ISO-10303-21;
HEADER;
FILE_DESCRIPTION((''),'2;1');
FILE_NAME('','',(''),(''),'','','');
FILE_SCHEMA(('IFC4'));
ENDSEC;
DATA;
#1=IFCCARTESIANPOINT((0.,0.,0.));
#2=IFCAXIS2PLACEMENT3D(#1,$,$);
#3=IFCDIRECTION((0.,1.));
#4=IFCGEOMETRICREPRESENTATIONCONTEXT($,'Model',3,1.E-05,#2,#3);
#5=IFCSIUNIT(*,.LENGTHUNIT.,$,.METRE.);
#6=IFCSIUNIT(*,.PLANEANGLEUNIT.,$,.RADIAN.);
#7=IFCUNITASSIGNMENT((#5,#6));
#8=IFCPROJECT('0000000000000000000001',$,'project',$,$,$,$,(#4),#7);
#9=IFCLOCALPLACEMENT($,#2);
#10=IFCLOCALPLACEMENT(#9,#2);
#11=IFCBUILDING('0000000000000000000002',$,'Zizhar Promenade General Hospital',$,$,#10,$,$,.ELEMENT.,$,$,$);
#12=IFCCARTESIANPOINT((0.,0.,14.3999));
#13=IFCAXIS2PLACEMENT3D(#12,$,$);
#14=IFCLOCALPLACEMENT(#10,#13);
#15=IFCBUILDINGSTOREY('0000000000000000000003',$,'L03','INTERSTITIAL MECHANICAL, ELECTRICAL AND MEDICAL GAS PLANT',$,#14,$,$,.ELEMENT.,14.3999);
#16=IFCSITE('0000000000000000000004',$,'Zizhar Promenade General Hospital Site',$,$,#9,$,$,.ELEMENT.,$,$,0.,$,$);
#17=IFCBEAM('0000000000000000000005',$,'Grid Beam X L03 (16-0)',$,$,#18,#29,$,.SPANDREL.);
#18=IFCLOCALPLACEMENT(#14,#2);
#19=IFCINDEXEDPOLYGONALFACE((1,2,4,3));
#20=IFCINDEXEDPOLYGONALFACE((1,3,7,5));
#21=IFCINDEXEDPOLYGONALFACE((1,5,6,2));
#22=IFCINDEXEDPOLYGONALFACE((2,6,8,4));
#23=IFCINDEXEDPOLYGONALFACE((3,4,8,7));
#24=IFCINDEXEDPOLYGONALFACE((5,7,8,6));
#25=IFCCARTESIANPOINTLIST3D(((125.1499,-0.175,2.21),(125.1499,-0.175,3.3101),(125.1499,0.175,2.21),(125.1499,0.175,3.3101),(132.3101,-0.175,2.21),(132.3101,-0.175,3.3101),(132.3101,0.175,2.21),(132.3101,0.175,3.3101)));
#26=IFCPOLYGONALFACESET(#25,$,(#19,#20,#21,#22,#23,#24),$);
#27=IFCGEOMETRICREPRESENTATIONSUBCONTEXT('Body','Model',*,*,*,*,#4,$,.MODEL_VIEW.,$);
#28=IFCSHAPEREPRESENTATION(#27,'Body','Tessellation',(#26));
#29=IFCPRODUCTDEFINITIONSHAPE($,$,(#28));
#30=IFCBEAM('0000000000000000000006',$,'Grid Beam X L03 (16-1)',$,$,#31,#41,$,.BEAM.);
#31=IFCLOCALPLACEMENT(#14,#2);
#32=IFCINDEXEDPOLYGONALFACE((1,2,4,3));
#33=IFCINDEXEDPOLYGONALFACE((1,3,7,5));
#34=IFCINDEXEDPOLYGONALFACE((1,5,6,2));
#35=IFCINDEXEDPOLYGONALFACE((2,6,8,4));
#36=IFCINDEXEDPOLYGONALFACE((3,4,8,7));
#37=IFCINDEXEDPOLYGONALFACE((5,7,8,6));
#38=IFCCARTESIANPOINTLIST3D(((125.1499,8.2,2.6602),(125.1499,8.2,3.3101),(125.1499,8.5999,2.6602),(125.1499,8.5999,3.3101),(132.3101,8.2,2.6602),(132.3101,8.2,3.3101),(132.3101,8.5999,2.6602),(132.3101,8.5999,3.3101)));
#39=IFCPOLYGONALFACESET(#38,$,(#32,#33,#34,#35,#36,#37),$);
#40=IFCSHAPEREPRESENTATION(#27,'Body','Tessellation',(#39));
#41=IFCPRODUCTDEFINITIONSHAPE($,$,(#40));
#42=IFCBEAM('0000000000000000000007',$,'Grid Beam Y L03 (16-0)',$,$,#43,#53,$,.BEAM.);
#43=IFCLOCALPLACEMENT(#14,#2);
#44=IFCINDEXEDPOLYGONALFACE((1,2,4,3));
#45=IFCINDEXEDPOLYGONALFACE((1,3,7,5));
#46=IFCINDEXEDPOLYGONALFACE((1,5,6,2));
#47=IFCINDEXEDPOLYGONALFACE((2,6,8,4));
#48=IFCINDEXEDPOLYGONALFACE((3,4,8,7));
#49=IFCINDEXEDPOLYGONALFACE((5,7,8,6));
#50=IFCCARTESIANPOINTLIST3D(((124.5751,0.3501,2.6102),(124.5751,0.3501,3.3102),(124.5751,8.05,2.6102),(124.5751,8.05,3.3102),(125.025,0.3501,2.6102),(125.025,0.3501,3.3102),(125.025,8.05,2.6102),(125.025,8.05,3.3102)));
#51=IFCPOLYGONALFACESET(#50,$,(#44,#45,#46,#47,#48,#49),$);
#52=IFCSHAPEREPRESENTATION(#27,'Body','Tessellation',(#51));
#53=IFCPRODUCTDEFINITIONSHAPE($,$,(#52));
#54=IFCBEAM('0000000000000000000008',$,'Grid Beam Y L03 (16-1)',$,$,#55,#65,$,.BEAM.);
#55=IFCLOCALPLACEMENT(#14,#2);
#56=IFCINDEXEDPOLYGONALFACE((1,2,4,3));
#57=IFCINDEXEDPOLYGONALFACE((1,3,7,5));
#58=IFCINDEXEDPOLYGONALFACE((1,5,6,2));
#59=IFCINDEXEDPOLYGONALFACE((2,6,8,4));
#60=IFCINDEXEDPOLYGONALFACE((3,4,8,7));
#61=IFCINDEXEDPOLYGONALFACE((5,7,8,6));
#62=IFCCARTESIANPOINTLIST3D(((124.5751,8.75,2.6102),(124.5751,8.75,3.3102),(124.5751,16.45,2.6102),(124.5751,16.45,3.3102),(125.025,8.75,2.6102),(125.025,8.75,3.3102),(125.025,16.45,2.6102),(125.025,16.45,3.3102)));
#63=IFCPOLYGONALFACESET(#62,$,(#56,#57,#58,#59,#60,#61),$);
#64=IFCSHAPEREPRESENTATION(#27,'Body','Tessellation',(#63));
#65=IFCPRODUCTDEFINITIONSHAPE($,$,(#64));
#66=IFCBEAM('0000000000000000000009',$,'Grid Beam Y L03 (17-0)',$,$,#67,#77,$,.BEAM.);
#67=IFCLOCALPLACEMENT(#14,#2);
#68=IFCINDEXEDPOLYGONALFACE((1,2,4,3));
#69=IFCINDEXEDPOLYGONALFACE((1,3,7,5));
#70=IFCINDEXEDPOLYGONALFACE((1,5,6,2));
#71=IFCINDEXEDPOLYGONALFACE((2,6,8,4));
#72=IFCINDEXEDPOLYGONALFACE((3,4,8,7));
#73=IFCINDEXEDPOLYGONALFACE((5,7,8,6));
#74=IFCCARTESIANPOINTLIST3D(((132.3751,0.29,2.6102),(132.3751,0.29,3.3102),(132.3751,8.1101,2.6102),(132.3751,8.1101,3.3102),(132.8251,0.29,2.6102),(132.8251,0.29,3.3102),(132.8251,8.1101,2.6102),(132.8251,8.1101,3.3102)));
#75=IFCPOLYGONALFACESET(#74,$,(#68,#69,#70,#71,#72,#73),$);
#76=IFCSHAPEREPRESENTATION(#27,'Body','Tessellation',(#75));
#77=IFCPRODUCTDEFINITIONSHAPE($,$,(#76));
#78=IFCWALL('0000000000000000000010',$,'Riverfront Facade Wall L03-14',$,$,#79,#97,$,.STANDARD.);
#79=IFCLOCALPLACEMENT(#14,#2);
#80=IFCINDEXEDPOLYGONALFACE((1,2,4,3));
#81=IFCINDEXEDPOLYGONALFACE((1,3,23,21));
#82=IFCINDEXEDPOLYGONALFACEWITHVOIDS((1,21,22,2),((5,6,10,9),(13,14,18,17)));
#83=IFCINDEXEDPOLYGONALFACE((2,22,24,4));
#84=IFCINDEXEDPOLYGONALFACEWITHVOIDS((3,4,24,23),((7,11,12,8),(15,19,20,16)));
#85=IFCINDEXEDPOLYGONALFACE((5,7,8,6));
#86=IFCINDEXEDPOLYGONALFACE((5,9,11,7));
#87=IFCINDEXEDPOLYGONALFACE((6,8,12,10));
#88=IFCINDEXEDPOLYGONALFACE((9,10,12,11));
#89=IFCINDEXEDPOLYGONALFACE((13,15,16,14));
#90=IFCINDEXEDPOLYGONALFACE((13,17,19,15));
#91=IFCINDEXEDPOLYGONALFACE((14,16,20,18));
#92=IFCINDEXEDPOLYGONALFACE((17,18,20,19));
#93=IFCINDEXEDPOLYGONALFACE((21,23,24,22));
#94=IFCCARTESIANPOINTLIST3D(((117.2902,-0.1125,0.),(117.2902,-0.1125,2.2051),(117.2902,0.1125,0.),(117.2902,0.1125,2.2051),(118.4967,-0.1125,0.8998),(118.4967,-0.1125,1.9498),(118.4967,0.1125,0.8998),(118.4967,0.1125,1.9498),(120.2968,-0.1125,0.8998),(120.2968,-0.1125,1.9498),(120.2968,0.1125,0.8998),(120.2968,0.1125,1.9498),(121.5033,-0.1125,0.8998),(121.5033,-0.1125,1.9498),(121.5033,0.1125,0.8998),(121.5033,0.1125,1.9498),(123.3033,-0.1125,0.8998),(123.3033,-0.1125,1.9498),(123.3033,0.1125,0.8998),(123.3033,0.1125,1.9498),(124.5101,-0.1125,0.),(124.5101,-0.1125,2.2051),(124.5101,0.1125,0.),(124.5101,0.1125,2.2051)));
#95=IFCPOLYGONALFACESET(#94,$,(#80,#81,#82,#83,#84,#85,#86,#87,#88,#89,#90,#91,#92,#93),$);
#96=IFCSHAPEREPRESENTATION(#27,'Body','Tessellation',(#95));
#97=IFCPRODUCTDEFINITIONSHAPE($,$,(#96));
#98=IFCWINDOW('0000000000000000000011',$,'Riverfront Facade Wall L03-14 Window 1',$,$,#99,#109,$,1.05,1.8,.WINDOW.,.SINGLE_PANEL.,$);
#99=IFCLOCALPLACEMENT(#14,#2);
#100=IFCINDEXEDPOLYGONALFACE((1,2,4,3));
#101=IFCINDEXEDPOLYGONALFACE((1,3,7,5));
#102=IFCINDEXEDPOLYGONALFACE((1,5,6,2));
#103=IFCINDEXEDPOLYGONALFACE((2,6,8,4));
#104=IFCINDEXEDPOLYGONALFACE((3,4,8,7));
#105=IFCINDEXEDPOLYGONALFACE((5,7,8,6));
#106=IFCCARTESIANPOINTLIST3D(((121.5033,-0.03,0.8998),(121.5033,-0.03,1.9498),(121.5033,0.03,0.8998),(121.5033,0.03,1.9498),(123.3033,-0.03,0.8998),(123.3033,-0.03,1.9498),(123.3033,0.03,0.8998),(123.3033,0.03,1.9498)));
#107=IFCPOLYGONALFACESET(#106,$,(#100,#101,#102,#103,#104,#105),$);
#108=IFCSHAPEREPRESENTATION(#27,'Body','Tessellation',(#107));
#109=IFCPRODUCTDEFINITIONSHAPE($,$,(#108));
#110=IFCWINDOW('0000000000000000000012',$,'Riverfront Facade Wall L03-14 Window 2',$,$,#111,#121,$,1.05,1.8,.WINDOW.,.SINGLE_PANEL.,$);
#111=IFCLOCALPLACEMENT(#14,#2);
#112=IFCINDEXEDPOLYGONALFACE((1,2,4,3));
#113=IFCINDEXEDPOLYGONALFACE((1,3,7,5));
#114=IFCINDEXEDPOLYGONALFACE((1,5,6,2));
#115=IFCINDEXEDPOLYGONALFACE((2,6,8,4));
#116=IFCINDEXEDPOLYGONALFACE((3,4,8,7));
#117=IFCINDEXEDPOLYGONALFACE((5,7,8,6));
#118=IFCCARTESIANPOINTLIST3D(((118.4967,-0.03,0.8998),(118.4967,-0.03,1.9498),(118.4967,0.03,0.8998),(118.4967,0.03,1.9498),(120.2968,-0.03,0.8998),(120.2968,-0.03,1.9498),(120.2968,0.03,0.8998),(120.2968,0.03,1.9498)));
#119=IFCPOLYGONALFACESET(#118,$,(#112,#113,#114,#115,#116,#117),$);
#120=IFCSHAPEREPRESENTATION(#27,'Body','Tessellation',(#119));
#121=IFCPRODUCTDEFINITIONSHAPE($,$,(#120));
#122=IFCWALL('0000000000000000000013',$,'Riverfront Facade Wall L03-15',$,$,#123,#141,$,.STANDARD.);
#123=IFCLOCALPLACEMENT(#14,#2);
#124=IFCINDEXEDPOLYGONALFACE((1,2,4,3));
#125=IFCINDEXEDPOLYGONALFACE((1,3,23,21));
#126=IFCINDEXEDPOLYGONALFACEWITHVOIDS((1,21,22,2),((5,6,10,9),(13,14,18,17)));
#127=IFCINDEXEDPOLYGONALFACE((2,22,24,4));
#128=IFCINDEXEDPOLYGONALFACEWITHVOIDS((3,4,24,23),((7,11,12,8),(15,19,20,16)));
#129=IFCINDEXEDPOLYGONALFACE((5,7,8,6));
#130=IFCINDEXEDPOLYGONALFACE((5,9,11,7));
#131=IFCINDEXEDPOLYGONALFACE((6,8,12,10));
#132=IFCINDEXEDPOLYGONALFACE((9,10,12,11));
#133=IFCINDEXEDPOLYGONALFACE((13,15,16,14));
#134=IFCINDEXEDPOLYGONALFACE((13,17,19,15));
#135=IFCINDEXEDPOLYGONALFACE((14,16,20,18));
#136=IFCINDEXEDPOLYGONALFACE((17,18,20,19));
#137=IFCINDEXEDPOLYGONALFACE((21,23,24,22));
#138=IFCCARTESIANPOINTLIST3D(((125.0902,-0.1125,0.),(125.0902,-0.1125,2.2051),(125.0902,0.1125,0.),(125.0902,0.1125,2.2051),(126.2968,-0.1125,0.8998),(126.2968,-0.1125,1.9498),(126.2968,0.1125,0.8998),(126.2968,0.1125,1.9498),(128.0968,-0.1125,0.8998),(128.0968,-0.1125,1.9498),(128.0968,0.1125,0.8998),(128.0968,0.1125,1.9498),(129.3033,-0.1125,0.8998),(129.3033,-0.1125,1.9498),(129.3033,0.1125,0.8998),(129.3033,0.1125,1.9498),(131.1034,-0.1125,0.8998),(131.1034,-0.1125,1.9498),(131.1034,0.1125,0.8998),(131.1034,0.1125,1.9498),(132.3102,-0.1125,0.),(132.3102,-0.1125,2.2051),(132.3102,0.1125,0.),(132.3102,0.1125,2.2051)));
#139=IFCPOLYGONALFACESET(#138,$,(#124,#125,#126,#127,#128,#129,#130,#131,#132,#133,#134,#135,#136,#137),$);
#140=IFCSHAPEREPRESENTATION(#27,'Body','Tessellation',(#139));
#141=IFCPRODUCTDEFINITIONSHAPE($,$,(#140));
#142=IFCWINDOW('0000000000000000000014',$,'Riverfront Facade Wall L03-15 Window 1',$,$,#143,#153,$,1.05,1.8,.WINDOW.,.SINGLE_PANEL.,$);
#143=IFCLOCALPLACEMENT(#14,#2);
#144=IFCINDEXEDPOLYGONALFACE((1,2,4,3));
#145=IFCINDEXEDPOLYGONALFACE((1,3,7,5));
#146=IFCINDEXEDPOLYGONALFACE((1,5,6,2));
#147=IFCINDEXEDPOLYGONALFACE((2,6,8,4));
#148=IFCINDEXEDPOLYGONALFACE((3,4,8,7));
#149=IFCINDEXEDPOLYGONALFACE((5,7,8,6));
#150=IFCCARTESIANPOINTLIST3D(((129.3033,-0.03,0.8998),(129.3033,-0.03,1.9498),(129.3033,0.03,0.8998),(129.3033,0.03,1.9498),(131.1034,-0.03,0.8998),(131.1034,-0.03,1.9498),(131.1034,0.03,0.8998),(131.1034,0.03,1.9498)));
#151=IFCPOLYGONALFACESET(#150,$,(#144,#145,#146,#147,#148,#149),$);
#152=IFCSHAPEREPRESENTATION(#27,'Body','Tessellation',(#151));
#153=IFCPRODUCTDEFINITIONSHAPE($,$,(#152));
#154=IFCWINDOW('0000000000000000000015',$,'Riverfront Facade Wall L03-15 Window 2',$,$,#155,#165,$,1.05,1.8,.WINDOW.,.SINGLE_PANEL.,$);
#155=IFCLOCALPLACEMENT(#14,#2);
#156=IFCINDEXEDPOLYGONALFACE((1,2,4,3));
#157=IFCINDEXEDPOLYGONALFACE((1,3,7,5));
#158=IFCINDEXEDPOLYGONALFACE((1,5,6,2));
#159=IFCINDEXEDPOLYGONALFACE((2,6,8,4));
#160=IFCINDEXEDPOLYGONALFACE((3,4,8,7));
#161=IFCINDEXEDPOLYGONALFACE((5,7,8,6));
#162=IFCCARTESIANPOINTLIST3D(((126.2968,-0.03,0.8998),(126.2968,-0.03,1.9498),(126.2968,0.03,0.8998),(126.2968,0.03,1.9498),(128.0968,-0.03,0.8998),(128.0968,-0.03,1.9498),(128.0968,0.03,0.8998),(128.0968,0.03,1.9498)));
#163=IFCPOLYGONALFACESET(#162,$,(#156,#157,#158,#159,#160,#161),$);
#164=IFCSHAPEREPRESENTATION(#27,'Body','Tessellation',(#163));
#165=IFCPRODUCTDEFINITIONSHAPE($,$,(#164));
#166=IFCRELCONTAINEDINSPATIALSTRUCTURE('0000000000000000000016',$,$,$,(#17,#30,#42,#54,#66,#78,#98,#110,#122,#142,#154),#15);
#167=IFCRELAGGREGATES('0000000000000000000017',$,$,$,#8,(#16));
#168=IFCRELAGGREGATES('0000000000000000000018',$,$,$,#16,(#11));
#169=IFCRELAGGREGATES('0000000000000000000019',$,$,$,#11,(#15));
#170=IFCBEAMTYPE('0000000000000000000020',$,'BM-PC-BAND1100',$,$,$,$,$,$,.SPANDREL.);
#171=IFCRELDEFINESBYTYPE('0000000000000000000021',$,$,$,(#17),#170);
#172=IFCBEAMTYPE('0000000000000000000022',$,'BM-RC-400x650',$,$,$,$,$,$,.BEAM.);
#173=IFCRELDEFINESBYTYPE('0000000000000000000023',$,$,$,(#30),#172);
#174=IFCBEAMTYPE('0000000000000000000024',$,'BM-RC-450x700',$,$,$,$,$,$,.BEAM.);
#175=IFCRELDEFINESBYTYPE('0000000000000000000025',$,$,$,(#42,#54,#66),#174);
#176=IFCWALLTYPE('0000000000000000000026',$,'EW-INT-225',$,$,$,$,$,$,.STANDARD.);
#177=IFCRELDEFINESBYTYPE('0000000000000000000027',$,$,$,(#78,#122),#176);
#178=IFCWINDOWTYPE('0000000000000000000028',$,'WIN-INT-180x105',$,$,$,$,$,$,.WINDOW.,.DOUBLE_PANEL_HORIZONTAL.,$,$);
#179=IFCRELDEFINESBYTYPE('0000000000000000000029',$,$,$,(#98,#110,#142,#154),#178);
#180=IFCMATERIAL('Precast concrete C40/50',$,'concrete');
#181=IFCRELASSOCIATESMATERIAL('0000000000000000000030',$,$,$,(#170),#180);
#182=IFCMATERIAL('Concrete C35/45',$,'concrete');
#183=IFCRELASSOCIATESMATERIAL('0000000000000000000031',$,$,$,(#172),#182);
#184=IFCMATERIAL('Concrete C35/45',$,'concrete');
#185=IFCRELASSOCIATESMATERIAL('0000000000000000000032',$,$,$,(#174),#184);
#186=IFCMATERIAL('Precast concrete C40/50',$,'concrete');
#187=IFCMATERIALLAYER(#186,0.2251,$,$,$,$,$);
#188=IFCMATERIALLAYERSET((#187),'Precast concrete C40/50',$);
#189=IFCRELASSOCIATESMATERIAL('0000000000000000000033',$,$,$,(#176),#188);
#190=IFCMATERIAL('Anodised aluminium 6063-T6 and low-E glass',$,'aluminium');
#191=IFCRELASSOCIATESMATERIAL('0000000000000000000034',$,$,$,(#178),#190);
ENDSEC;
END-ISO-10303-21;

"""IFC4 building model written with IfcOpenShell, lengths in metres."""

from ifc_helpers import new_model, si_unit, direction, frame, frame_2d, origin, origin_2d, place, context, subcontext, project, spatial, rectangle, extrude, material, layer, layer_set, material_profile, profile_set, type_object, element, fill, save


model = new_model("IFC4")

# Units and contexts
model_context = context("Model", 3, precision=1e-05, world=origin(), true_north=direction((0.0, 1.0)))
body_context = subcontext(model_context, "Body", "Model", "MODEL_VIEW")
ifc_project = project(units=[si_unit("LENGTHUNIT", "METRE"), si_unit("PLANEANGLEUNIT", "RADIAN")], contexts=[model_context])

# Site, building, storey
site_placement = place(None, origin())
site = spatial("IfcSite", under=ifc_project, at=site_placement, Name="Zizhar Promenade General Hospital Site", CompositionType="ELEMENT", RefElevation=0.0)
building_placement = place(site_placement, origin())
building = spatial("IfcBuilding", under=site, at=building_placement, Name="Zizhar Promenade General Hospital", CompositionType="ELEMENT")
storey_placement = place(building_placement, frame((0.0, 0.0, 14.3999)))
storey = spatial("IfcBuildingStorey", under=building, at=storey_placement, Name="L03", Description="INTERSTITIAL MECHANICAL, ELECTRICAL AND MEDICAL GAS PLANT", CompositionType="ELEMENT", Elevation=14.3999)

# Beams
ifc_material_1 = material(Name="Precast concrete C40/50", Category="concrete")
ifc_material_profile_1 = material_profile(ifc_material_1, rectangle(XDim=0.3501, YDim=1.1001, at=origin_2d()))
ifc_profile_set_1 = profile_set([ifc_material_profile_1], Name="Precast concrete C40/50")
beam_type_1 = type_object("IfcBeamType", Name="BM-PC-BAND1100", PredefinedType="SPANDREL", material=ifc_profile_set_1)
beam_1_placement = place(storey_placement, frame((125.1499, 0.0, 2.76), z_axis=(1.0, 0.0, 0.0), x_axis=(0.0, 1.0, 0.0)))
element("IfcBeam", 1, at=beam_1_placement, inside=storey, type_object=beam_type_1, Name="Grid Beam X L03 (16-0)", PredefinedType="SPANDREL", context=body_context, shape_type="SweptSolid", body=[
    extrude(rectangle(XDim=0.3501, YDim=1.1001, at=origin_2d()), origin(), (0.0, 0.0, 1.0), 7.1602),
])
ifc_material_2 = material(Name="Concrete C35/45", Category="concrete")
ifc_material_profile_2 = material_profile(ifc_material_2, rectangle(XDim=0.3999, YDim=0.6499, at=origin_2d()))
ifc_profile_set_2 = profile_set([ifc_material_profile_2], Name="Concrete C35/45")
beam_type_2 = type_object("IfcBeamType", Name="BM-RC-400x650", PredefinedType="BEAM", material=ifc_profile_set_2)
beam_2_placement = place(storey_placement, frame((125.1499, 8.3999, 2.9851), z_axis=(1.0, 0.0, 0.0), x_axis=(0.0, 1.0, 0.0)))
element("IfcBeam", 2, at=beam_2_placement, inside=storey, type_object=beam_type_2, Name="Grid Beam X L03 (16-1)", PredefinedType="BEAM", context=body_context, shape_type="SweptSolid", body=[
    extrude(rectangle(XDim=0.3999, YDim=0.6499, at=origin_2d()), origin(), (0.0, 0.0, 1.0), 7.1602),
])
ifc_material_3 = material(Name="Concrete C35/45", Category="concrete")
ifc_material_profile_3 = material_profile(ifc_material_3, rectangle(XDim=0.45, YDim=0.7, at=origin_2d()))
ifc_profile_set_3 = profile_set([ifc_material_profile_3], Name="Concrete C35/45")
beam_type_3 = type_object("IfcBeamType", Name="BM-RC-450x700", PredefinedType="BEAM", material=ifc_profile_set_3)
for number, where, z_axis, x_axis, name in (
    (3, (124.8, 0.3501, 2.9602), (0.0, 1.0, 0.0), (-1.0, 0.0, 0.0), "Grid Beam Y L03 (16-0)"),
    (4, (124.8, 8.75, 2.9602), (0.0, 1.0, 0.0), (-1.0, 0.0, 0.0), "Grid Beam Y L03 (16-1)"),
):
    element("IfcBeam", number, at=place(storey_placement, frame(where, z_axis=z_axis, x_axis=x_axis)), inside=storey, type_object=beam_type_3, Name=name, PredefinedType="BEAM", context=body_context, shape_type="SweptSolid", body=[
        extrude(rectangle(XDim=0.45, YDim=0.7, at=origin_2d()), origin(), (0.0, 0.0, 1.0), 7.7),
    ])
beam_3_placement = place(storey_placement, frame((132.6001, 0.29, 2.9602), z_axis=(0.0, 1.0, 0.0), x_axis=(-1.0, 0.0, 0.0)))
element("IfcBeam", 5, at=beam_3_placement, inside=storey, type_object=beam_type_3, Name="Grid Beam Y L03 (17-0)", PredefinedType="BEAM", context=body_context, shape_type="SweptSolid", body=[
    extrude(rectangle(XDim=0.45, YDim=0.7, at=origin_2d()), origin(), (0.0, 0.0, 1.0), 7.8201),
])

# Walls, openings, windows
ifc_material_4 = material(Name="Precast concrete C40/50", Category="concrete")
ifc_layer_1 = layer(ifc_material_4, 0.2251)
ifc_layer_set_1 = layer_set([ifc_layer_1], Name="Precast concrete C40/50")
wall_type_1 = type_object("IfcWallType", Name="EW-INT-225", PredefinedType="STANDARD", material=ifc_layer_set_1)
wall_1_placement = place(storey_placement, frame((124.51, 0.0, 0.0), z_axis=(0.0, 0.0, 1.0), x_axis=(-1.0, 0.0, 0.0)))
wall_1 = element("IfcWall", 6, at=wall_1_placement, inside=storey, type_object=wall_type_1, Name="Riverfront Facade Wall L03-14", PredefinedType="STANDARD", context=body_context, shape_type="SweptSolid", body=[
    extrude(rectangle(XDim=7.22, YDim=0.2251, at=frame_2d((3.6099, 0.0))), origin(), (0.0, 0.0, 1.0), 2.2051),
])
opening_1_placement = place(wall_1_placement, frame((1.2068, 0.0, 0.8999)))
opening_1 = element("IfcOpeningElement", 7, at=opening_1_placement, cuts=wall_1, PredefinedType="OPENING", context=body_context, shape_type="SweptSolid", body=[
    extrude(rectangle(XDim=1.8, YDim=1.05, at=frame_2d((0.8999, 0.5249))), frame((0.0, 0.1226, 0.0), z_axis=(0.0, -1.0, 0.0), x_axis=(1.0, 0.0, 0.0)), (0.0, 0.0, 1.0), 0.2451),
])
opening_2_placement = place(wall_1_placement, frame((4.2134, 0.0, 0.8999)))
opening_2 = element("IfcOpeningElement", 8, at=opening_2_placement, cuts=wall_1, PredefinedType="OPENING", context=body_context, shape_type="SweptSolid", body=[
    extrude(rectangle(XDim=1.8, YDim=1.05, at=frame_2d((0.8999, 0.5249))), frame((0.0, 0.1226, 0.0), z_axis=(0.0, -1.0, 0.0), x_axis=(1.0, 0.0, 0.0)), (0.0, 0.0, 1.0), 0.2451),
])
ifc_material_5 = material(Name="Anodised aluminium 6063-T6 and low-E glass", Category="aluminium")
window_type = type_object("IfcWindowType", Name="WIN-INT-180x105", PartitioningType="DOUBLE_PANEL_HORIZONTAL", PredefinedType="WINDOW", material=ifc_material_5)
window_1_placement = place(opening_1_placement, origin())
window_1 = element("IfcWindow", 9, at=window_1_placement, inside=storey, type_object=window_type, Name="Riverfront Facade Wall L03-14 Window 1", OverallHeight=1.05, OverallWidth=1.8, PartitioningType="SINGLE_PANEL", PredefinedType="WINDOW", context=body_context, shape_type="SweptSolid", body=[
    extrude(rectangle(XDim=1.8, YDim=1.05, at=frame_2d((0.8999, 0.5249))), frame((0.0, 0.03, 0.0), z_axis=(0.0, -1.0, 0.0), x_axis=(1.0, 0.0, 0.0)), (0.0, 0.0, 1.0), 0.0601),
])
fill(opening_1, window_1)
window_2_placement = place(opening_2_placement, origin())
window_2 = element("IfcWindow", 10, at=window_2_placement, inside=storey, type_object=window_type, Name="Riverfront Facade Wall L03-14 Window 2", OverallHeight=1.05, OverallWidth=1.8, PartitioningType="SINGLE_PANEL", PredefinedType="WINDOW", context=body_context, shape_type="SweptSolid", body=[
    extrude(rectangle(XDim=1.8, YDim=1.05, at=frame_2d((0.8999, 0.5249))), frame((0.0, 0.03, 0.0), z_axis=(0.0, -1.0, 0.0), x_axis=(1.0, 0.0, 0.0)), (0.0, 0.0, 1.0), 0.0601),
])
fill(opening_2, window_2)
wall_2_placement = place(storey_placement, frame((132.3101, 0.0, 0.0), z_axis=(0.0, 0.0, 1.0), x_axis=(-1.0, 0.0, 0.0)))
wall_2 = element("IfcWall", 11, at=wall_2_placement, inside=storey, type_object=wall_type_1, Name="Riverfront Facade Wall L03-15", PredefinedType="STANDARD", context=body_context, shape_type="SweptSolid", body=[
    extrude(rectangle(XDim=7.22, YDim=0.2251, at=frame_2d((3.6099, 0.0))), origin(), (0.0, 0.0, 1.0), 2.2051),
])
opening_3_placement = place(wall_2_placement, frame((1.2068, 0.0, 0.8999)))
opening_3 = element("IfcOpeningElement", 12, at=opening_3_placement, cuts=wall_2, PredefinedType="OPENING", context=body_context, shape_type="SweptSolid", body=[
    extrude(rectangle(XDim=1.8, YDim=1.05, at=frame_2d((0.8999, 0.5249))), frame((0.0, 0.1226, 0.0), z_axis=(0.0, -1.0, 0.0), x_axis=(1.0, 0.0, 0.0)), (0.0, 0.0, 1.0), 0.2451),
])
opening_4_placement = place(wall_2_placement, frame((4.2134, 0.0, 0.8999)))
opening_4 = element("IfcOpeningElement", 13, at=opening_4_placement, cuts=wall_2, PredefinedType="OPENING", context=body_context, shape_type="SweptSolid", body=[
    extrude(rectangle(XDim=1.8, YDim=1.05, at=frame_2d((0.8999, 0.5249))), frame((0.0, 0.1226, 0.0), z_axis=(0.0, -1.0, 0.0), x_axis=(1.0, 0.0, 0.0)), (0.0, 0.0, 1.0), 0.2451),
])
window_3_placement = place(opening_3_placement, origin())
window_3 = element("IfcWindow", 14, at=window_3_placement, inside=storey, type_object=window_type, Name="Riverfront Facade Wall L03-15 Window 1", OverallHeight=1.05, OverallWidth=1.8, PartitioningType="SINGLE_PANEL", PredefinedType="WINDOW", context=body_context, shape_type="SweptSolid", body=[
    extrude(rectangle(XDim=1.8, YDim=1.05, at=frame_2d((0.8999, 0.5249))), frame((0.0, 0.03, 0.0), z_axis=(0.0, -1.0, 0.0), x_axis=(1.0, 0.0, 0.0)), (0.0, 0.0, 1.0), 0.0601),
])
fill(opening_3, window_3)
window_4_placement = place(opening_4_placement, origin())
window_4 = element("IfcWindow", 15, at=window_4_placement, inside=storey, type_object=window_type, Name="Riverfront Facade Wall L03-15 Window 2", OverallHeight=1.05, OverallWidth=1.8, PartitioningType="SINGLE_PANEL", PredefinedType="WINDOW", context=body_context, shape_type="SweptSolid", body=[
    extrude(rectangle(XDim=1.8, YDim=1.05, at=frame_2d((0.8999, 0.5249))), frame((0.0, 0.03, 0.0), z_axis=(0.0, -1.0, 0.0), x_axis=(1.0, 0.0, 0.0)), (0.0, 0.0, 1.0), 0.0601),
])
fill(opening_4, window_4)

save(model, "model.ifc")
